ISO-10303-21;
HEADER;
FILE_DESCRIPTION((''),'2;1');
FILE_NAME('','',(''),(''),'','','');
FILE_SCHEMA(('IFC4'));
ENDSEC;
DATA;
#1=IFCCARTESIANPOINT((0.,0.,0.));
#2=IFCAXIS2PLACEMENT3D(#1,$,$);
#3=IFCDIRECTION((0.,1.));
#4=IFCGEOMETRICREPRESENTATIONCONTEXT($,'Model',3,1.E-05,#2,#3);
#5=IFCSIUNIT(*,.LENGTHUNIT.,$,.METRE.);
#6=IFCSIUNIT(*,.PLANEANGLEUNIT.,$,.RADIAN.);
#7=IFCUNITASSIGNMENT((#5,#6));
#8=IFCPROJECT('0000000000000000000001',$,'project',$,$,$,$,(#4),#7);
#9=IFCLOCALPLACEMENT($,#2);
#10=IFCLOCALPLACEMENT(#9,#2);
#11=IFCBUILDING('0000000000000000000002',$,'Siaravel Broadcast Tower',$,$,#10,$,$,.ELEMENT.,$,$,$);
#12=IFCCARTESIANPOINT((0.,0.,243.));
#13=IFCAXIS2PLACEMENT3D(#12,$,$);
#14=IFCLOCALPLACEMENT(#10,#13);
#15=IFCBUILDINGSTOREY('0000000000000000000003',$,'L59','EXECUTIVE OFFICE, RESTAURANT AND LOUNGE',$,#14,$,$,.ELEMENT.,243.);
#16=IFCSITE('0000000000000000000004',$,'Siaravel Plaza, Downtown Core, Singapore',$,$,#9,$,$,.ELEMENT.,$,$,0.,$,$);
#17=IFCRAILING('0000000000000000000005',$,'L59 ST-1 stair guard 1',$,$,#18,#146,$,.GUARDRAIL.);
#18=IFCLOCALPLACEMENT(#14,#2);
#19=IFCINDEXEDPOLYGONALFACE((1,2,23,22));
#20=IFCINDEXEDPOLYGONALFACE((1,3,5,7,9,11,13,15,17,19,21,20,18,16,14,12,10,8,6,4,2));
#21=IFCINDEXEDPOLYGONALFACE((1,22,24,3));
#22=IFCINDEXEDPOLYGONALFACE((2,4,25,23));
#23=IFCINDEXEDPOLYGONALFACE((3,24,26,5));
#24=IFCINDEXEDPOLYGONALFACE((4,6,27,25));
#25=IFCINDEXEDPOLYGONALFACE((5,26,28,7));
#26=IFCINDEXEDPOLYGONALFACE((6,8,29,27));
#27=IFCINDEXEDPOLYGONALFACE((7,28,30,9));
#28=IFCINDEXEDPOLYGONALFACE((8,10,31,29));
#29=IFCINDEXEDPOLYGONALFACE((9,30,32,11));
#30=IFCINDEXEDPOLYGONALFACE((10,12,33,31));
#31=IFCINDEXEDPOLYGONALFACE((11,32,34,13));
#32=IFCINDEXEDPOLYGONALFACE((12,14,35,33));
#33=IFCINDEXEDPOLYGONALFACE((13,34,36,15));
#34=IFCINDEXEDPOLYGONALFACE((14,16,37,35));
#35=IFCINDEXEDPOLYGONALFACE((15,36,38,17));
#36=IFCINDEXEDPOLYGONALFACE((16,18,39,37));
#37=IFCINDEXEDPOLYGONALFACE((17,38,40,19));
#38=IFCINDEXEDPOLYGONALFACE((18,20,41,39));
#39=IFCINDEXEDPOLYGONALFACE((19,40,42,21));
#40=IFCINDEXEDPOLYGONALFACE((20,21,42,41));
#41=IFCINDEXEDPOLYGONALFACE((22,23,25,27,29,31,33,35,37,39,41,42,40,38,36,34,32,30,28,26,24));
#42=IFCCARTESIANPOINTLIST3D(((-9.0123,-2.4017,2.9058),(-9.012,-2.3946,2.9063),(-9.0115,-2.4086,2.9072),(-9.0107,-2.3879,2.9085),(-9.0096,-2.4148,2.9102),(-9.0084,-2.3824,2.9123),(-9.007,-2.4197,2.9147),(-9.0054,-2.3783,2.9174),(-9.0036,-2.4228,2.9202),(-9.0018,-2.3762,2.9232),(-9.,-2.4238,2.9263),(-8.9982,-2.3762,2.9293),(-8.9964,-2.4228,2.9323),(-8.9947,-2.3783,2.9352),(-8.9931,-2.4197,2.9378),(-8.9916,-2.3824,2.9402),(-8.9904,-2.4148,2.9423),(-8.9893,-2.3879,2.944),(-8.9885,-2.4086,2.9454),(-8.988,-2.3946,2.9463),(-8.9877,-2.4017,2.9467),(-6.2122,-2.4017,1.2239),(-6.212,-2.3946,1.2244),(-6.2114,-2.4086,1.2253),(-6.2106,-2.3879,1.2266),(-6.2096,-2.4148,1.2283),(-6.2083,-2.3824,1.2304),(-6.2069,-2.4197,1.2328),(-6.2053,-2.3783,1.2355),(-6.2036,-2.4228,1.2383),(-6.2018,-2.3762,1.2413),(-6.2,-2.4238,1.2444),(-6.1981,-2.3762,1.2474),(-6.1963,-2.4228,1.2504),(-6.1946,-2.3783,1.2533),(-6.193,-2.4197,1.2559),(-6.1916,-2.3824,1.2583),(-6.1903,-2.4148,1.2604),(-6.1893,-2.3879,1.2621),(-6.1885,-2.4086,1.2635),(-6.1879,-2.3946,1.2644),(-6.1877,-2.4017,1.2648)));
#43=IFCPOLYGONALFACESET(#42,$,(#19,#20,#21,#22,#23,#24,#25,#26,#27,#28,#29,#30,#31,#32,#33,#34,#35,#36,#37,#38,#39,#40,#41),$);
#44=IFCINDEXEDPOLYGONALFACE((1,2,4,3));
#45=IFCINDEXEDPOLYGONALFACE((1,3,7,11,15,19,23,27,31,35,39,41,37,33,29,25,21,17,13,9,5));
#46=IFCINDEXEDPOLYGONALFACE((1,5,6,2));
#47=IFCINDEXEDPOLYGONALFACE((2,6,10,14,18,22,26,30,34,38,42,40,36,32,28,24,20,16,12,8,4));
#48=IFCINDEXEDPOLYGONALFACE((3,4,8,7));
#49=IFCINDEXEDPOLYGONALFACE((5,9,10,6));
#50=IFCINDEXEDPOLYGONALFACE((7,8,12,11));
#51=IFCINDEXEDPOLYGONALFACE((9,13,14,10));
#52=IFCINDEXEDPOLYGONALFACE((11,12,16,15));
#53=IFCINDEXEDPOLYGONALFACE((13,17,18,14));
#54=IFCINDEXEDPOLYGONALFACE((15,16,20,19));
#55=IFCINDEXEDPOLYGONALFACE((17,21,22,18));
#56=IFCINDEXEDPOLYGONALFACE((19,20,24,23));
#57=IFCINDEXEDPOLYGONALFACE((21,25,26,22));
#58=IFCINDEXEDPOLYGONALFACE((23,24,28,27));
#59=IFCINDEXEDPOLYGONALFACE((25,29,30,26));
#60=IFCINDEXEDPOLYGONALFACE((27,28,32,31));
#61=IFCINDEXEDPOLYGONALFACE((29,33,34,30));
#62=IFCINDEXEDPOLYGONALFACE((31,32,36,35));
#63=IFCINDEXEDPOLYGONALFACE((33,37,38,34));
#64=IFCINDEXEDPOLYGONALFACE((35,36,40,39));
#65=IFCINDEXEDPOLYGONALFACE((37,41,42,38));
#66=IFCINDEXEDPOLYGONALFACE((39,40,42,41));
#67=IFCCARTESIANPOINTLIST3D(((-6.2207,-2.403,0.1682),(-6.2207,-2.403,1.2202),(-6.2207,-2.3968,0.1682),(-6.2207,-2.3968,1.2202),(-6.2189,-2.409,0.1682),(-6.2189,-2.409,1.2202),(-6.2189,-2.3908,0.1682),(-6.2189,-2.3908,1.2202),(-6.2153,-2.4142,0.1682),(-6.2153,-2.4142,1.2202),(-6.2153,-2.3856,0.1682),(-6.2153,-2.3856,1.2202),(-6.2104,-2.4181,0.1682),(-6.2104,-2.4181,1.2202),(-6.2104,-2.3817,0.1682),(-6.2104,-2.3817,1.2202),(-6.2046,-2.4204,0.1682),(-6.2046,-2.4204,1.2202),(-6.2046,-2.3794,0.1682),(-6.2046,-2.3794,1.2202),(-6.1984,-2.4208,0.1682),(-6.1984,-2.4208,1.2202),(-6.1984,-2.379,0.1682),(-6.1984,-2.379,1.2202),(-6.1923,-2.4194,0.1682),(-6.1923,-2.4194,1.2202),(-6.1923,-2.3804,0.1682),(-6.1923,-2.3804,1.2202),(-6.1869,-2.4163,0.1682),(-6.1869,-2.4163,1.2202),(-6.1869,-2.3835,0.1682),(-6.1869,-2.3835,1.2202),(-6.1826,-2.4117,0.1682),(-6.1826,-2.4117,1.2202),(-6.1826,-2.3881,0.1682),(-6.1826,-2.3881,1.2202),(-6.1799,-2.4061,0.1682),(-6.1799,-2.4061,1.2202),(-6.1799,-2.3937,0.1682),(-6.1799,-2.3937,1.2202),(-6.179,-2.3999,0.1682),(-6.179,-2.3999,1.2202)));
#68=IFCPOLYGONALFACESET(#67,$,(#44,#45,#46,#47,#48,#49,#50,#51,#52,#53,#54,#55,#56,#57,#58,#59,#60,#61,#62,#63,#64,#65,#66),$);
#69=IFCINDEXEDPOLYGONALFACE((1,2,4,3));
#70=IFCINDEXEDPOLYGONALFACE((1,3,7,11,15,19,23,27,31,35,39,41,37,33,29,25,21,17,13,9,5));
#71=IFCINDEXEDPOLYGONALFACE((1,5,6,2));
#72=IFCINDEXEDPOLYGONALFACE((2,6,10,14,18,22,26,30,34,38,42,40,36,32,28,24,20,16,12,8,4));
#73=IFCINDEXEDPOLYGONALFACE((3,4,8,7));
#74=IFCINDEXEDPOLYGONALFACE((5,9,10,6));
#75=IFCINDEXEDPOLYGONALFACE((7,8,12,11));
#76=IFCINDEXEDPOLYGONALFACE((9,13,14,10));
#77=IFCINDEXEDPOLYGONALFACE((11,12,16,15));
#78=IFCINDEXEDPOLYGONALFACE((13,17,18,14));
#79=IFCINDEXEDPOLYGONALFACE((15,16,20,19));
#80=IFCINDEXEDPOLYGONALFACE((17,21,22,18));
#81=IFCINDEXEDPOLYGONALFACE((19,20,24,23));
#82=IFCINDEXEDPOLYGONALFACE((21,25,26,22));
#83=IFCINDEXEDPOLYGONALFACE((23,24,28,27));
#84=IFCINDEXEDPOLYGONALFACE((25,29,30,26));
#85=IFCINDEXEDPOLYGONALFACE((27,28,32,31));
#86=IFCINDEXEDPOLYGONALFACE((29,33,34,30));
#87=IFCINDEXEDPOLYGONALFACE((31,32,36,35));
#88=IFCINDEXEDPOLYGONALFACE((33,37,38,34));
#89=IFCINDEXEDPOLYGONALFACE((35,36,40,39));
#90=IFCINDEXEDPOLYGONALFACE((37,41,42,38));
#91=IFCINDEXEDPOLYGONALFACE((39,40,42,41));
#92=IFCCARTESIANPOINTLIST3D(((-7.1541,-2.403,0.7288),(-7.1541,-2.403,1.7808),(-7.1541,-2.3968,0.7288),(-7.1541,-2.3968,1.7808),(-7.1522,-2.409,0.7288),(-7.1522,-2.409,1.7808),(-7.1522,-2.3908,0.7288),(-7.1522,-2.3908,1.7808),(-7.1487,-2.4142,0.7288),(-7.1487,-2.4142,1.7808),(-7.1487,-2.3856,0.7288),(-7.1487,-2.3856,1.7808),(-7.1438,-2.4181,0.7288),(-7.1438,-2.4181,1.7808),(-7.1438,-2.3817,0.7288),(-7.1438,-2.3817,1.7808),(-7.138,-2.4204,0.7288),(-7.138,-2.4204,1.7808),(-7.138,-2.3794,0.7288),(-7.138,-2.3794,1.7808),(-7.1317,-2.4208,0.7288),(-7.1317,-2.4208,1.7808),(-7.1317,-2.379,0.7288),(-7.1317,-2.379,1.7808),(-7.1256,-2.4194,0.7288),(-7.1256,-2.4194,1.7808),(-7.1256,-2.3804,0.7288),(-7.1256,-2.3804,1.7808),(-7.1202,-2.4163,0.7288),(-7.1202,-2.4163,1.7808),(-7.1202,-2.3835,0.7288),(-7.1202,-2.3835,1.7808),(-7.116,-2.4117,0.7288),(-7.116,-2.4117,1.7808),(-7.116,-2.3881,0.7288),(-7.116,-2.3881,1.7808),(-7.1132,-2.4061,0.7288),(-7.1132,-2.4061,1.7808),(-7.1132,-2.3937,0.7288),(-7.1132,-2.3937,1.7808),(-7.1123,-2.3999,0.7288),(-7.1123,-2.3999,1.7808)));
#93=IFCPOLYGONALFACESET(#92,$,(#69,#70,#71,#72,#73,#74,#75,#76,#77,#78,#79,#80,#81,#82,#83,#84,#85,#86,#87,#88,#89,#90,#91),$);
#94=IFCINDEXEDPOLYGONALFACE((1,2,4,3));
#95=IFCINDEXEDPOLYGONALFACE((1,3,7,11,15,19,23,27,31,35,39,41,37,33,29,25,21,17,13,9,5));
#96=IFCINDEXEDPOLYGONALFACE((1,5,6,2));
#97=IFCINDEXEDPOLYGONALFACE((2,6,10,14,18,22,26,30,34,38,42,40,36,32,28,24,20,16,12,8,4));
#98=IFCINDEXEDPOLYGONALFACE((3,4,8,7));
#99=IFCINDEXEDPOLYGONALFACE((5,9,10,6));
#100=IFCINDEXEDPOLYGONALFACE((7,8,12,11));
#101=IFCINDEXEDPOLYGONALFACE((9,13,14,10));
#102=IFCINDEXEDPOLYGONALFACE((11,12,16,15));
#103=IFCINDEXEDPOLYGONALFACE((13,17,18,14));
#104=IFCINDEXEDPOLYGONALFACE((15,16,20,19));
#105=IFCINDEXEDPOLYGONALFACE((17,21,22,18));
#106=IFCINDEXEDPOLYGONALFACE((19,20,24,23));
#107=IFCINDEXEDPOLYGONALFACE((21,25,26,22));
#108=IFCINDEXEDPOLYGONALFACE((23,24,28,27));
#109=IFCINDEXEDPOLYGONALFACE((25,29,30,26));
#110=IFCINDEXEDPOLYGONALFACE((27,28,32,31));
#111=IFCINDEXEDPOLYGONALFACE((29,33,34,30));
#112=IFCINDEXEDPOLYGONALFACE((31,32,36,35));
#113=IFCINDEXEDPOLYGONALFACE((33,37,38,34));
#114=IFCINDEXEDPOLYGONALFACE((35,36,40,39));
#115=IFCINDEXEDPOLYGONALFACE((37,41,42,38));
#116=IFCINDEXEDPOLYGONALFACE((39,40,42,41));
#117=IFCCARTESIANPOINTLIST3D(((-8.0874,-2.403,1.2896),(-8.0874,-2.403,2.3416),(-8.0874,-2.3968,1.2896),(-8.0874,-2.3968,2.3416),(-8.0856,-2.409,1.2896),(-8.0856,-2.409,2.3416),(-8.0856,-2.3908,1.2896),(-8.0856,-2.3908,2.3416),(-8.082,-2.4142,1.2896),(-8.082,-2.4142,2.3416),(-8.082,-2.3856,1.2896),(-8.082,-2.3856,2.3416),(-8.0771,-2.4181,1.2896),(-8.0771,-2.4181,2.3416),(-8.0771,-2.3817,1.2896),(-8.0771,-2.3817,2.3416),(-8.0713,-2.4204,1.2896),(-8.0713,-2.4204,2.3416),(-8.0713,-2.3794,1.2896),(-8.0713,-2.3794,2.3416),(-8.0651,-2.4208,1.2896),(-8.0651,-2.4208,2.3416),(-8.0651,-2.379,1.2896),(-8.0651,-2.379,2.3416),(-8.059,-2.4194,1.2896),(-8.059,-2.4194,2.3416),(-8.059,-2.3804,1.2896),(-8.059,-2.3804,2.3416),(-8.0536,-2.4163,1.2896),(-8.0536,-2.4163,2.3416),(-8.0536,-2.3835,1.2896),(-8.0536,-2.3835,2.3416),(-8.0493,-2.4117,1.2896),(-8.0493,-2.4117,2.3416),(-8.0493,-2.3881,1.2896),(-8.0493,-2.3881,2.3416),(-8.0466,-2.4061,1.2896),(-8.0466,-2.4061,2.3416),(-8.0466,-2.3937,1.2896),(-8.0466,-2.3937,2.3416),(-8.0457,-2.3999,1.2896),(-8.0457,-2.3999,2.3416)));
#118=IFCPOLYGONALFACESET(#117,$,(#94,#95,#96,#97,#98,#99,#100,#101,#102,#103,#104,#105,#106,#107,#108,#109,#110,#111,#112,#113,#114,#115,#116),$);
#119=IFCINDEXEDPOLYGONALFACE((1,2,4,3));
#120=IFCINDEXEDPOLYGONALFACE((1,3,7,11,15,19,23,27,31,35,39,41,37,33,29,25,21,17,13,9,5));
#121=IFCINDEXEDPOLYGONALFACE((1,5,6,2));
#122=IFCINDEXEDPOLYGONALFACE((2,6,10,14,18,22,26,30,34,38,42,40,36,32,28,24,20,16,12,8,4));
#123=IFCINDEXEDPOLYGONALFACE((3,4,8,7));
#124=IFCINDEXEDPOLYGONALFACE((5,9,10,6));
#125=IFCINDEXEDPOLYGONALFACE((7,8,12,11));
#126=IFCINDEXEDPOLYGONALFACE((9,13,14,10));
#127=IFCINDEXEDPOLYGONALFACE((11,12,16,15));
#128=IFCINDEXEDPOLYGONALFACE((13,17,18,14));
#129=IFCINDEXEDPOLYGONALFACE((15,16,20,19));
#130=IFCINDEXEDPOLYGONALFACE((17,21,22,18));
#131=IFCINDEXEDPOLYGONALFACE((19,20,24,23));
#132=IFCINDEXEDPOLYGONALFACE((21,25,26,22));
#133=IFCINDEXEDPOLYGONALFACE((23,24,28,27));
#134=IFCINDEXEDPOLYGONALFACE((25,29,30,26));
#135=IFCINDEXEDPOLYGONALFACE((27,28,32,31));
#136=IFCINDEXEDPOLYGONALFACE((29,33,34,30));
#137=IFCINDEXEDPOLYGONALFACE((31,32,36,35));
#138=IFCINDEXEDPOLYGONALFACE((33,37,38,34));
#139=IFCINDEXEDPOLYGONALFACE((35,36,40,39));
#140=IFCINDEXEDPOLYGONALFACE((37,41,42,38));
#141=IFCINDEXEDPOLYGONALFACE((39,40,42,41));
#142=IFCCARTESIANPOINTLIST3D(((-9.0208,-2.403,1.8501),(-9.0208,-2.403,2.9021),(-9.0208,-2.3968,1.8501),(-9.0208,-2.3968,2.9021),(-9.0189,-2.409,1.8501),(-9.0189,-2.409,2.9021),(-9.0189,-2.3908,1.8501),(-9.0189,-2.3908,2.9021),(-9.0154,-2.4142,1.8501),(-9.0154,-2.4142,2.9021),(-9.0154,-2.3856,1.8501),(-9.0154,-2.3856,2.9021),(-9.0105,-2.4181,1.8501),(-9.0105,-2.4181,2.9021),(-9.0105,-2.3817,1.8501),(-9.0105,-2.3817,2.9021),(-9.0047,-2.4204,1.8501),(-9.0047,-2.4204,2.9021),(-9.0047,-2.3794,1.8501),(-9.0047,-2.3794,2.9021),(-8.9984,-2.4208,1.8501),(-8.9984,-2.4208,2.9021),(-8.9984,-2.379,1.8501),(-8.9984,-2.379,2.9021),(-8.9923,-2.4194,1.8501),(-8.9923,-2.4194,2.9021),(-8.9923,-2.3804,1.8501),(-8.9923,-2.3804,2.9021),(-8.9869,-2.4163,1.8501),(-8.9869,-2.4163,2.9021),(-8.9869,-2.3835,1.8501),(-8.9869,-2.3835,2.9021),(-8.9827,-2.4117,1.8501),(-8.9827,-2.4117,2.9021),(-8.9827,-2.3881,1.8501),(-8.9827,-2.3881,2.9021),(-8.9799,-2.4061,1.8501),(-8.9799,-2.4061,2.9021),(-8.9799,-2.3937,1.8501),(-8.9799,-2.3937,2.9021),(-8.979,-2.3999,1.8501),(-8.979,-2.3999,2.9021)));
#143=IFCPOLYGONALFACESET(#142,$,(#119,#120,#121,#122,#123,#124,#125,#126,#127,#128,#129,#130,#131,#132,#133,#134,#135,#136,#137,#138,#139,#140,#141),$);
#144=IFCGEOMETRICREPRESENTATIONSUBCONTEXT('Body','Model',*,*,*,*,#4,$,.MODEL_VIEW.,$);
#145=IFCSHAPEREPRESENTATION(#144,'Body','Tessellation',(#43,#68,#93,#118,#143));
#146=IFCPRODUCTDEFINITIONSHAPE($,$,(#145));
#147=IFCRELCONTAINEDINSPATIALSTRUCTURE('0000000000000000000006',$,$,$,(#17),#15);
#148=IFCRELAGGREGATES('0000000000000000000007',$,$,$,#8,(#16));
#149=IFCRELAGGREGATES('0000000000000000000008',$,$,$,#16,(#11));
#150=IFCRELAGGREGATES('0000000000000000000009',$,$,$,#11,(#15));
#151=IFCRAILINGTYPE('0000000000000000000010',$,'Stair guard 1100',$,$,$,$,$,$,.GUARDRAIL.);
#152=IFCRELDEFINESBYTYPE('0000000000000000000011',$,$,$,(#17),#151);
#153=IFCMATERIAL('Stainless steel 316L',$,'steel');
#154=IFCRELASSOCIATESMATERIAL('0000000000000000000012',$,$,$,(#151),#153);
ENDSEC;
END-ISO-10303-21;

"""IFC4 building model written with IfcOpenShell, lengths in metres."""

from ifc_helpers import new_model, si_unit, direction, frame, origin, origin_2d, place, context, subcontext, project, spatial, circle, extrude, material, type_object, element, save


model = new_model("IFC4")

# Units and contexts
model_context = context("Model", 3, precision=1e-05, world=origin(), true_north=direction((0.0, 1.0)))
body_context = subcontext(model_context, "Body", "Model", "MODEL_VIEW")
ifc_project = project(units=[si_unit("LENGTHUNIT", "METRE"), si_unit("PLANEANGLEUNIT", "RADIAN")], contexts=[model_context])

# Site, building, storey
site_placement = place(None, origin())
site = spatial("IfcSite", under=ifc_project, at=site_placement, Name="Siaravel Plaza, Downtown Core, Singapore", CompositionType="ELEMENT", RefElevation=0.0)
building_placement = place(site_placement, origin())
building = spatial("IfcBuilding", under=site, at=building_placement, Name="Siaravel Broadcast Tower", CompositionType="ELEMENT")
storey_placement = place(building_placement, frame((0.0, 0.0, 243.0)))
storey = spatial("IfcBuildingStorey", under=building, at=storey_placement, Name="L59", Description="EXECUTIVE OFFICE, RESTAURANT AND LOUNGE", CompositionType="ELEMENT", Elevation=243.0)

# Shared definitions
ifc_material_1 = material(Name="Stainless steel 316L", Category="steel")

# Railing
railing_type_1 = type_object("IfcRailingType", Name="Stair guard 1100", PredefinedType="GUARDRAIL", material=ifc_material_1)
railing_1_placement = place(storey_placement, frame((-6.2, -2.3999, 0.1682)))
element("IfcRailing", 1, at=railing_1_placement, inside=storey, type_object=railing_type_1, Name="L59 ST-1 stair guard 1", PredefinedType="GUARDRAIL", context=body_context, shape_type="SweptSolid", body=[
    extrude(circle(Radius=0.0239, at=origin_2d()), frame((0.0, 0.0, 1.0762), z_axis=(-0.857242, 0.0, 0.514913), x_axis=(0.0, -1.0, 0.0)), (0.0, 0.0, 1.0), 3.2664),
    extrude(circle(Radius=0.021, at=origin_2d()), origin(), (0.0, 0.0, 1.0), 1.052),
    extrude(circle(Radius=0.021, at=origin_2d()), frame((-0.9333, 0.0, 0.5605)), (0.0, 0.0, 1.0), 1.052),
    extrude(circle(Radius=0.021, at=origin_2d()), frame((-1.8667, 0.0, 1.1213)), (0.0, 0.0, 1.0), 1.052),
    extrude(circle(Radius=0.021, at=origin_2d()), frame((-2.8, 0.0, 1.6819)), (0.0, 0.0, 1.0), 1.052),
])

save(model, "model.ifc")
